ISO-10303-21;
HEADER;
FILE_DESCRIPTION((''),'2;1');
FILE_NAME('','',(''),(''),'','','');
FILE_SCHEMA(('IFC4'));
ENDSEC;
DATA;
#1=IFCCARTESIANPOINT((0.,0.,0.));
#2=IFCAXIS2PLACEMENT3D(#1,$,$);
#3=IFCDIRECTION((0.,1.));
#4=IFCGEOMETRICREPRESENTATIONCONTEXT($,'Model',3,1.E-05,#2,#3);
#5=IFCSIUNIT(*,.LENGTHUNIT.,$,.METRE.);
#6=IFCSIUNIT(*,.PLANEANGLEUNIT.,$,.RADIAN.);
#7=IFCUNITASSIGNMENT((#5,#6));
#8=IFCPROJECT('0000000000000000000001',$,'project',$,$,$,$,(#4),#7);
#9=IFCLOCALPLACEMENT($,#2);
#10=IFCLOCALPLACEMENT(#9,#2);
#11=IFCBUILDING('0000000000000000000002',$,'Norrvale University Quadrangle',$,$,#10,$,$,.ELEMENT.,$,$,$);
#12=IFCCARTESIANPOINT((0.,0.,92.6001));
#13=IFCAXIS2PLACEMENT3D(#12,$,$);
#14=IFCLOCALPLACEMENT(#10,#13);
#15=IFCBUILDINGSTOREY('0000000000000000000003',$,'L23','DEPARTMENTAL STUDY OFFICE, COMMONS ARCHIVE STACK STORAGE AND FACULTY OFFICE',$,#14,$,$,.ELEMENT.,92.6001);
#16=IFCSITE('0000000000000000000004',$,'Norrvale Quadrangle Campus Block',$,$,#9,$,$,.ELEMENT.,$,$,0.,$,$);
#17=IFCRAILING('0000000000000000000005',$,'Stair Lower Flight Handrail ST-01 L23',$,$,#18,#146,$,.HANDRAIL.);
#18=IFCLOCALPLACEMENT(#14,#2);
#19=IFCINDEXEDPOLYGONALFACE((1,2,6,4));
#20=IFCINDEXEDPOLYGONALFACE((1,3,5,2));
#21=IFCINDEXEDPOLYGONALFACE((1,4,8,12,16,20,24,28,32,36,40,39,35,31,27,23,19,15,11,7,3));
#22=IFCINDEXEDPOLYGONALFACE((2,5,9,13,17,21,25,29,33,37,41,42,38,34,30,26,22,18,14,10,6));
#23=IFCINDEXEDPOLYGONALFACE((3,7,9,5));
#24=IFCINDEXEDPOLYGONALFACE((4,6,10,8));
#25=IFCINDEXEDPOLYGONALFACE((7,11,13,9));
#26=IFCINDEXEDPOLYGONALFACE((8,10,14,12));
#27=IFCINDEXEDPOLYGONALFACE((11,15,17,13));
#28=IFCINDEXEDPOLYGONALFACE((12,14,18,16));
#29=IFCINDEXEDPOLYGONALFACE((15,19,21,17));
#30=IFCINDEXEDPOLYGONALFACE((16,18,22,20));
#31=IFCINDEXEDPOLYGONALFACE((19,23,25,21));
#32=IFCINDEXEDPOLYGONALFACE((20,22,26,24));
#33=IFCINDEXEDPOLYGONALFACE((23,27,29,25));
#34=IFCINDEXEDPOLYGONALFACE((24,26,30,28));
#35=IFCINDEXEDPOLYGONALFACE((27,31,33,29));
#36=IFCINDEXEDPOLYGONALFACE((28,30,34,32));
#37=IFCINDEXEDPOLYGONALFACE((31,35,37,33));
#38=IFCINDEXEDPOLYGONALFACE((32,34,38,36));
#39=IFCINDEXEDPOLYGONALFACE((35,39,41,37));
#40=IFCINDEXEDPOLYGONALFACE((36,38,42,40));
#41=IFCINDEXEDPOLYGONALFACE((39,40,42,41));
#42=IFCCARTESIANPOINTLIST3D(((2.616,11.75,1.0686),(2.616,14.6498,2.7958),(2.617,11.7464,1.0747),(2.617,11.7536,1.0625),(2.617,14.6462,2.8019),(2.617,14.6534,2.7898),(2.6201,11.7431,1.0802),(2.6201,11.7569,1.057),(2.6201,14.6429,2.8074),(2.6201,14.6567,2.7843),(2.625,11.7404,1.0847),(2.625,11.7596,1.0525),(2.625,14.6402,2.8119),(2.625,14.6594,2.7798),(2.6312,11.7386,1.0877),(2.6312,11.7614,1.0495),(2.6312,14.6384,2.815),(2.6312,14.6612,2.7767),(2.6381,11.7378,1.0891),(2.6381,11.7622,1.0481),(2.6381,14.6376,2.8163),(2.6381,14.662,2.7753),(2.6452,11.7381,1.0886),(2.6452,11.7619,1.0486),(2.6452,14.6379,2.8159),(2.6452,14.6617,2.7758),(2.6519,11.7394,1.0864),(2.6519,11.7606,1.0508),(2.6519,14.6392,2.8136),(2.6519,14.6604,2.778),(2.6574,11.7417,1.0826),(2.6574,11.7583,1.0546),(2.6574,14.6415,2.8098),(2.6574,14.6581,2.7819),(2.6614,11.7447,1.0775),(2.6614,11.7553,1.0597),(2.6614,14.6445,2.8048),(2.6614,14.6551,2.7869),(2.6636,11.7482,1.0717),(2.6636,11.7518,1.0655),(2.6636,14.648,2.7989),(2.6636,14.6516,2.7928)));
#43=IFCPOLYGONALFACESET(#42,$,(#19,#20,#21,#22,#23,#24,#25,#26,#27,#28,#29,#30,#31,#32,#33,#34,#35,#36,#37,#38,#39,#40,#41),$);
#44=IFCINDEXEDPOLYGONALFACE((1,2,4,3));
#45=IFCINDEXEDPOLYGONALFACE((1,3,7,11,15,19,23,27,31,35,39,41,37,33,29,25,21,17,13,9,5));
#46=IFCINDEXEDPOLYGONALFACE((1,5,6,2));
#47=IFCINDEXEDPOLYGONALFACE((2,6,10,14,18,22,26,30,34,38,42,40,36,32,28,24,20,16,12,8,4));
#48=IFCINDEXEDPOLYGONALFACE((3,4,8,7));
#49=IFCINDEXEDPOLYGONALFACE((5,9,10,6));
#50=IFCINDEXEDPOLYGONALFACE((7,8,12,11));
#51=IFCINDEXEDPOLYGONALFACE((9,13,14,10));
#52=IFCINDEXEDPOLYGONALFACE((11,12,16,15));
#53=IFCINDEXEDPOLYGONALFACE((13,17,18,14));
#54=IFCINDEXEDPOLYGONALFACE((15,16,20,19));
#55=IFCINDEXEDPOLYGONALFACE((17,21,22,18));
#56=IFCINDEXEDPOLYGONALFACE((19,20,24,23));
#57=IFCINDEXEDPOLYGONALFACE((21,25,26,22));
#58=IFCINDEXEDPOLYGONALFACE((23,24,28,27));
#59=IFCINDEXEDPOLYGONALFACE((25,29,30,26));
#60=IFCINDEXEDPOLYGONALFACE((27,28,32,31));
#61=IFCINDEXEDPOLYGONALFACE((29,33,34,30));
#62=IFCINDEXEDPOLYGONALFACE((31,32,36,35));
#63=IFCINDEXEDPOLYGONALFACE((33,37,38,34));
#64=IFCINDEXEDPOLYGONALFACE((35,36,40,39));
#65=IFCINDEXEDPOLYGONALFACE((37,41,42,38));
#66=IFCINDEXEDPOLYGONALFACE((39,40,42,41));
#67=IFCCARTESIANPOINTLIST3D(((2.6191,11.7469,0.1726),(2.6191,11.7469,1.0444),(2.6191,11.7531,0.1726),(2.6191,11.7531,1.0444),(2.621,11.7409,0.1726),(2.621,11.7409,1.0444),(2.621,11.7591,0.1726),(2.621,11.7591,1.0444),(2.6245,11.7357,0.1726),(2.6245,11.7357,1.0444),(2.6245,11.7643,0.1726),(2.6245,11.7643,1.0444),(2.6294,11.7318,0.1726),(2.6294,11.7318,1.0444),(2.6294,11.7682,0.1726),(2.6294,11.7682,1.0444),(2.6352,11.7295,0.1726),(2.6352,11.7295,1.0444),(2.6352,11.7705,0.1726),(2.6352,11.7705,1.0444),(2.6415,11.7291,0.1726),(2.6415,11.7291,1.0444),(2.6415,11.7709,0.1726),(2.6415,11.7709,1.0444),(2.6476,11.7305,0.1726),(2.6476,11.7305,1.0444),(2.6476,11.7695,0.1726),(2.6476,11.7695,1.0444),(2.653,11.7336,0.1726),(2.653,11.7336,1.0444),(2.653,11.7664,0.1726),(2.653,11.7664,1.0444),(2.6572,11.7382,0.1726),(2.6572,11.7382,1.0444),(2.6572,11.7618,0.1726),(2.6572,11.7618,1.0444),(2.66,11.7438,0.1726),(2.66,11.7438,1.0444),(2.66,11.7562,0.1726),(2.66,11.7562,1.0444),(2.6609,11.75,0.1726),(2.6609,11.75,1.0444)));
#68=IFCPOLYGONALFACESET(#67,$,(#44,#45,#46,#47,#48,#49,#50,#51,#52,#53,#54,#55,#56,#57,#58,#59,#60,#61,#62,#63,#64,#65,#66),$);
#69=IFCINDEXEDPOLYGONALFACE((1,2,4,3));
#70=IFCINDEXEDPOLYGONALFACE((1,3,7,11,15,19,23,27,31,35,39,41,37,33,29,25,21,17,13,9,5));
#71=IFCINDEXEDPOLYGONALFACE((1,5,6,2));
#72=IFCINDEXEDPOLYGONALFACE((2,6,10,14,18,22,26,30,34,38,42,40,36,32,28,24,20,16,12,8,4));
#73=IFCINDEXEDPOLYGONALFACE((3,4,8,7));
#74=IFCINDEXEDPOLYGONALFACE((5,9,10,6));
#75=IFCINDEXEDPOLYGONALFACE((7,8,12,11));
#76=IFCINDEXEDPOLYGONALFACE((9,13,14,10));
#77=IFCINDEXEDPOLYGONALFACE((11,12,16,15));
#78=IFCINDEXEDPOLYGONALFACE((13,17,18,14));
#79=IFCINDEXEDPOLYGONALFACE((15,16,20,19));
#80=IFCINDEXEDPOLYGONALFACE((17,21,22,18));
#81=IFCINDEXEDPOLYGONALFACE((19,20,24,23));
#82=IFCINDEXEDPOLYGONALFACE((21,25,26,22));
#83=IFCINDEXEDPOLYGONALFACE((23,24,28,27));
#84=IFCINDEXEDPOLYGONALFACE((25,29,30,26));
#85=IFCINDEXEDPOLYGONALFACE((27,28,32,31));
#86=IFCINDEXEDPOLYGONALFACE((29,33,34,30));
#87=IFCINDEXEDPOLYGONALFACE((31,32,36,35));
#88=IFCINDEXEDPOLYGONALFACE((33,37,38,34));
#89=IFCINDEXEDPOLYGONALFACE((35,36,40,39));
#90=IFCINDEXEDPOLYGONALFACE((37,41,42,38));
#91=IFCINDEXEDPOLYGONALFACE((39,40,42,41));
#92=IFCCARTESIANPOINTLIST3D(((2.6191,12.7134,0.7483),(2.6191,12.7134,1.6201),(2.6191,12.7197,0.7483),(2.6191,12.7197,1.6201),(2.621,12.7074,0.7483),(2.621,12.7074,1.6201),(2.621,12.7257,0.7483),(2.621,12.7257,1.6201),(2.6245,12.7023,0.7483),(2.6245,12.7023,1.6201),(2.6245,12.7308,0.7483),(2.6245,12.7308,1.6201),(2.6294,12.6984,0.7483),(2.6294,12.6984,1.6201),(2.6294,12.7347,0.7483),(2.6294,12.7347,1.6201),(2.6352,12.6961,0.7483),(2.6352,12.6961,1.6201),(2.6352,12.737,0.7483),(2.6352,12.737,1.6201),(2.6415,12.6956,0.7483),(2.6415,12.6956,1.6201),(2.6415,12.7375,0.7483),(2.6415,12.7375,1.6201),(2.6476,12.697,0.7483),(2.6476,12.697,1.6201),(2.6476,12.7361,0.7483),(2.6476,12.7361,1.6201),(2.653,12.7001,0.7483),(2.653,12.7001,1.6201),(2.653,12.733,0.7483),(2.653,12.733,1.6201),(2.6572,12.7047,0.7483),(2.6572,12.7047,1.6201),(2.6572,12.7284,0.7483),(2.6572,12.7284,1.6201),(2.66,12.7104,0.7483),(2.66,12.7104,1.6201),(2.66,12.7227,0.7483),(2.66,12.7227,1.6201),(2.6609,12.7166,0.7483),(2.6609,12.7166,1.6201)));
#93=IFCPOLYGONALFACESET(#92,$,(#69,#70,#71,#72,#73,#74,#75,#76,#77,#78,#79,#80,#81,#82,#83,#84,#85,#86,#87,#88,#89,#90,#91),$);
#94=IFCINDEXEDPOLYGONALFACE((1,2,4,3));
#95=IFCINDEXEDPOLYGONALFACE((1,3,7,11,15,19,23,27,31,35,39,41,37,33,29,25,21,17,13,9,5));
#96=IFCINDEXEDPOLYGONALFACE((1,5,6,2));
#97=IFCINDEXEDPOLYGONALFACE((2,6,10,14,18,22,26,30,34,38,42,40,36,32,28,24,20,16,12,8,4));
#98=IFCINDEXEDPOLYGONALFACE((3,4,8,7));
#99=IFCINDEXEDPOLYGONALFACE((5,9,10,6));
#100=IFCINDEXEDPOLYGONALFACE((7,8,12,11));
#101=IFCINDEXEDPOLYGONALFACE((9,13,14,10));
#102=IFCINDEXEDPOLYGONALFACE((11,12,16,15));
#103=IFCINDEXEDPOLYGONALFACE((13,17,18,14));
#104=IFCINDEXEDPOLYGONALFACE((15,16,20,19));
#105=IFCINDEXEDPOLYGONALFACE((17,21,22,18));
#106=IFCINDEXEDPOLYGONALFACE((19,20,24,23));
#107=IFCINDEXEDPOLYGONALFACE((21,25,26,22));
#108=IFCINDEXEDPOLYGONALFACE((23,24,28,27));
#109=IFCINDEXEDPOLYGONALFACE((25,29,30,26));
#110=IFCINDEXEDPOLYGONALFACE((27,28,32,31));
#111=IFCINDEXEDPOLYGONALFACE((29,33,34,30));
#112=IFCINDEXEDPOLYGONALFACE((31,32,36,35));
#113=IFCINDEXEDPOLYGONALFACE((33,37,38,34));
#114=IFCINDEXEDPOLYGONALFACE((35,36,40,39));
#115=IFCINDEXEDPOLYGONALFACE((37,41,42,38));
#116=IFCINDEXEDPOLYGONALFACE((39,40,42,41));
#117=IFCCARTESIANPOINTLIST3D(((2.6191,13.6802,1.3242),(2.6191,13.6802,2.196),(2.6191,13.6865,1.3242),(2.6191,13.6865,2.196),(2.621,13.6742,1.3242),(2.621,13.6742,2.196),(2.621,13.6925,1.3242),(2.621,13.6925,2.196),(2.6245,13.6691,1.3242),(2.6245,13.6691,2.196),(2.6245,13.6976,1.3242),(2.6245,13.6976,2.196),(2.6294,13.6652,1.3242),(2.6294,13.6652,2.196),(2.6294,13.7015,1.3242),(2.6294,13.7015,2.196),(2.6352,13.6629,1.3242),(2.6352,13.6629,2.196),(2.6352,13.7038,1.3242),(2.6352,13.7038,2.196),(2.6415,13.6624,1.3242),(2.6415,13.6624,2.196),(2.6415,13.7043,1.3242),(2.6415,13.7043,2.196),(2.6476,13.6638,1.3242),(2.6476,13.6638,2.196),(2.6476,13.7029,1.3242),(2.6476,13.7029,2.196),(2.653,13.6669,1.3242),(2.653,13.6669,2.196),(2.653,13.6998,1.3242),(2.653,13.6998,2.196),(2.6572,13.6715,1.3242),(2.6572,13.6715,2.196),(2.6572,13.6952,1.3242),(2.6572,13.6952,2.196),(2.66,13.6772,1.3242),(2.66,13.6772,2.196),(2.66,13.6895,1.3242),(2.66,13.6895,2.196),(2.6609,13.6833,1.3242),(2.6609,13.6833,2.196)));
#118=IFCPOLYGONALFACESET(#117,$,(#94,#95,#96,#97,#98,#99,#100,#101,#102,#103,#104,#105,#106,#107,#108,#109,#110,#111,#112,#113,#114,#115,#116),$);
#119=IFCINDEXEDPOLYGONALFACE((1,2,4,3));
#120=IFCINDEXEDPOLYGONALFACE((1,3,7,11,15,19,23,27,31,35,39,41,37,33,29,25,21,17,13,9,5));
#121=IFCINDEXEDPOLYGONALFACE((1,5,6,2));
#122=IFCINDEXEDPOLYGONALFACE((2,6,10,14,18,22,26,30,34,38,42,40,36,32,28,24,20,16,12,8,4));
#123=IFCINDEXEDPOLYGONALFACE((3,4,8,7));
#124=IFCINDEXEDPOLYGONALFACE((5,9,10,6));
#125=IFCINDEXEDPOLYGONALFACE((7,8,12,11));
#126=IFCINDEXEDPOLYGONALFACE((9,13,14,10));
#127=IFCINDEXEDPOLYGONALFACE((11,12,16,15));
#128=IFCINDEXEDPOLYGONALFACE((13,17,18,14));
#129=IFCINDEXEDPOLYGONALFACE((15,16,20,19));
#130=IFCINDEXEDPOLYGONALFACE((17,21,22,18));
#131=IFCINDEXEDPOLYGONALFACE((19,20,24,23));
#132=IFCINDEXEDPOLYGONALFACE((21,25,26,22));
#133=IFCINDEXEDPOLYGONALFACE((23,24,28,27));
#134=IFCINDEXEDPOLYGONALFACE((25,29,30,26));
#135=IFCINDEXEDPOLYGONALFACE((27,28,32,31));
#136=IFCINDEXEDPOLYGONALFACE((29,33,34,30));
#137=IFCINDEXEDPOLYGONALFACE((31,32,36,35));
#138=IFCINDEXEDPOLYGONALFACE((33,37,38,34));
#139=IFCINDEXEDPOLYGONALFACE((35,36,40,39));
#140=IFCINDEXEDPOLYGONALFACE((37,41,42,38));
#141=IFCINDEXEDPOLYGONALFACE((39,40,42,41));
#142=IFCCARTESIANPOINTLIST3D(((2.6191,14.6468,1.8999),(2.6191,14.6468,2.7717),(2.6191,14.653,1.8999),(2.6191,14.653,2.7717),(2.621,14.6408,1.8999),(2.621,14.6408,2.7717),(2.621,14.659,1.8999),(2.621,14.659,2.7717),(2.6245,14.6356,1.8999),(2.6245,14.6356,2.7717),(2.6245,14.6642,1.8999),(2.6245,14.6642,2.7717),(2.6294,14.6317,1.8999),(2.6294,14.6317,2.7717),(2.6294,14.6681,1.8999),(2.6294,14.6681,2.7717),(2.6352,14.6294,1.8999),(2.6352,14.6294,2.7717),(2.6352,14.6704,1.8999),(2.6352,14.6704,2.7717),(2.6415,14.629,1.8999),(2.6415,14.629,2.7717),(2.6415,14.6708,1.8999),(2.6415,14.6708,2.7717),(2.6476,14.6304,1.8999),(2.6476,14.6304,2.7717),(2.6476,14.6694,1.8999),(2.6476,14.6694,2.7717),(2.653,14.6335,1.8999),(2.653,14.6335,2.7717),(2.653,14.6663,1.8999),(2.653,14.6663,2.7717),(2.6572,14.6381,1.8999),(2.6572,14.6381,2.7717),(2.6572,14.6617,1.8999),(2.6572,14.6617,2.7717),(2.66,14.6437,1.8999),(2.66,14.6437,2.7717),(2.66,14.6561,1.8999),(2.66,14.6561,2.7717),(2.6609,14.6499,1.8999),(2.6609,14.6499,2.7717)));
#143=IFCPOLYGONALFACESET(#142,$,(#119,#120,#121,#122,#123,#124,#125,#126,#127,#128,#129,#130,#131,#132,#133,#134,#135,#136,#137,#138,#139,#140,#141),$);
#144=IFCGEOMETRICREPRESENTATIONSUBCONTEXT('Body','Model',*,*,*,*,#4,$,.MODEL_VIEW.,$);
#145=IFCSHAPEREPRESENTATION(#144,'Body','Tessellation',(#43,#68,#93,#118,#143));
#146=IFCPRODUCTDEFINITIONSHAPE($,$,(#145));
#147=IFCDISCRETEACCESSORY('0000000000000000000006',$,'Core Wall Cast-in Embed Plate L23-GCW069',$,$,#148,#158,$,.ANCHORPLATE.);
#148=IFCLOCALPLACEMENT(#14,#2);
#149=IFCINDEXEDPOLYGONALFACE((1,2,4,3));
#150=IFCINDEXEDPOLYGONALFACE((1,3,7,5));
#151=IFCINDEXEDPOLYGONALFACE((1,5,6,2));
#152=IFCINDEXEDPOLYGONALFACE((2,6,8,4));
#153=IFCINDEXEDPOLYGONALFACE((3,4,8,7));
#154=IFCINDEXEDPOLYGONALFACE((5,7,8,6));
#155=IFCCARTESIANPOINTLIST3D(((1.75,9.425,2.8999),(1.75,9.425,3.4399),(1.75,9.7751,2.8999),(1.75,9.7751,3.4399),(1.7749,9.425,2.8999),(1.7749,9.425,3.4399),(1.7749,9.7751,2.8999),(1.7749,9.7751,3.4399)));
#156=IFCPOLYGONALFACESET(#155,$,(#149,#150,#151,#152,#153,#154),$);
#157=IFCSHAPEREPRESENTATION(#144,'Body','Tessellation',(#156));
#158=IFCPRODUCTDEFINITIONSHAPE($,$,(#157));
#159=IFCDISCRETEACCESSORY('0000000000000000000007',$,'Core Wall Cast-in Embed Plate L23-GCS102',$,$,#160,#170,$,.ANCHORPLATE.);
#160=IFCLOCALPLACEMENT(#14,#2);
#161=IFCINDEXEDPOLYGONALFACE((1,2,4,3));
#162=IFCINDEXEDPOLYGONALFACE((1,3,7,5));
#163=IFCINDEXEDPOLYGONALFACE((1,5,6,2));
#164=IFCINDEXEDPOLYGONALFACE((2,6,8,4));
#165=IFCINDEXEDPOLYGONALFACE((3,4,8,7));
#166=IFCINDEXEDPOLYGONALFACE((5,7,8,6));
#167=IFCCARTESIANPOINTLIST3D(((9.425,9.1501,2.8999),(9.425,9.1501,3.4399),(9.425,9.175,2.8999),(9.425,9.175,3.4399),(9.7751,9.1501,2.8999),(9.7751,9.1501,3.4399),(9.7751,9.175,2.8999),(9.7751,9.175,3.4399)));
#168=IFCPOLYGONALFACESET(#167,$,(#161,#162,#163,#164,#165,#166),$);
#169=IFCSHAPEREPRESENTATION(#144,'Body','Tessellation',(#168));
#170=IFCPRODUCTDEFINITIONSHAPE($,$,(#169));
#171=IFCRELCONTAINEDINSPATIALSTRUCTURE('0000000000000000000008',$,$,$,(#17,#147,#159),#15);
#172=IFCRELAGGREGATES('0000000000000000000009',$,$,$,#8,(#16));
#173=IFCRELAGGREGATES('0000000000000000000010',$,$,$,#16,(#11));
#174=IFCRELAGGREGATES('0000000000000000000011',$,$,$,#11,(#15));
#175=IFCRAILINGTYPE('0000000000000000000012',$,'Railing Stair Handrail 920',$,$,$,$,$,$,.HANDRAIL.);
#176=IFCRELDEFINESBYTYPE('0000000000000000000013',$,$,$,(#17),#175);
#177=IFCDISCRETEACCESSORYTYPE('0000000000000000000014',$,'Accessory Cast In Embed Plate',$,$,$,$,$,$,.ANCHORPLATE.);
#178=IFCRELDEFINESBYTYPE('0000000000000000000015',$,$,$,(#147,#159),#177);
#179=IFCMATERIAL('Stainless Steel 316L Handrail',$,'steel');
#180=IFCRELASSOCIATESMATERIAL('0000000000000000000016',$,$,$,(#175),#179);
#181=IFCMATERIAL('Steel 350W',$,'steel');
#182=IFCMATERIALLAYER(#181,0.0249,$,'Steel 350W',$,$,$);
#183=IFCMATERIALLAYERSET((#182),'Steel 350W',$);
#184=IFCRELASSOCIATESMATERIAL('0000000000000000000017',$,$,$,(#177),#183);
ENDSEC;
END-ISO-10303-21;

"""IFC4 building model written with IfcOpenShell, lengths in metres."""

from ifc_helpers import new_model, si_unit, direction, frame, origin, origin_2d, place, context, subcontext, project, spatial, rectangle, circle, extrude, material, layer, layer_set, type_object, element, save


model = new_model("IFC4")

# Units and contexts
model_context = context("Model", 3, precision=1e-05, world=origin(), true_north=direction((0.0, 1.0)))
body_context = subcontext(model_context, "Body", "Model", "MODEL_VIEW")
ifc_project = project(units=[si_unit("LENGTHUNIT", "METRE"), si_unit("PLANEANGLEUNIT", "RADIAN")], contexts=[model_context])

# Site, building, storey
site_placement = place(None, origin())
site = spatial("IfcSite", under=ifc_project, at=site_placement, Name="Norrvale Quadrangle Campus Block", CompositionType="ELEMENT", RefElevation=0.0)
building_placement = place(site_placement, origin())
building = spatial("IfcBuilding", under=site, at=building_placement, Name="Norrvale University Quadrangle", CompositionType="ELEMENT")
storey_placement = place(building_placement, frame((0.0, 0.0, 92.6001)))
storey = spatial("IfcBuildingStorey", under=building, at=storey_placement, Name="L23", Description="DEPARTMENTAL STUDY OFFICE, COMMONS ARCHIVE STACK STORAGE AND FACULTY OFFICE", CompositionType="ELEMENT", Elevation=92.6001)

# Shared definitions
ifc_material_1 = material(Name="Steel 350W", Category="steel")

# Railing
ifc_material_2 = material(Name="Stainless Steel 316L Handrail", Category="steel")
railing_type_1 = type_object("IfcRailingType", Name="Railing Stair Handrail 920", PredefinedType="HANDRAIL", material=ifc_material_2)
railing_placement = place(storey_placement, frame((2.6399, 11.75, 0.1726)))
element("IfcRailing", 1, at=railing_placement, inside=storey, type_object=railing_type_1, Name="Stair Lower Flight Handrail ST-01 L23", PredefinedType="HANDRAIL", context=body_context, shape_type="SweptSolid", body=[
    extrude(circle(Radius=0.0239, at=origin_2d()), frame((0.0, 0.0, 0.896), z_axis=(0.0, 0.859141, 0.511738), x_axis=(-1.0, 0.0, 0.0)), (0.0, 0.0, 1.0), 3.3752),
    extrude(circle(Radius=0.021, at=origin_2d()), origin(), (0.0, 0.0, 1.0), 0.8718),
    extrude(circle(Radius=0.021, at=origin_2d()), frame((0.0, 0.9666, 0.5757)), (0.0, 0.0, 1.0), 0.8718),
    extrude(circle(Radius=0.021, at=origin_2d()), frame((0.0, 1.9333, 1.1516)), (0.0, 0.0, 1.0), 0.8718),
    extrude(circle(Radius=0.021, at=origin_2d()), frame((0.0, 2.8999, 1.7273)), (0.0, 0.0, 1.0), 0.8718),
])

# Discrete accessories
ifc_layer_1 = layer(ifc_material_1, 0.0249, Name="Steel 350W")
ifc_layer_set_1 = layer_set([ifc_layer_1], Name="Steel 350W")
discrete_accessory_type = type_object("IfcDiscreteAccessoryType", Name="Accessory Cast In Embed Plate", PredefinedType="ANCHORPLATE", material=ifc_layer_set_1)
discrete_accessory_1_placement = place(storey_placement, frame((1.7625, 9.6001, 2.8999), z_axis=(0.0, 0.0, 1.0), x_axis=(1.0, 0.0, 0.0)))
element("IfcDiscreteAccessory", 2, at=discrete_accessory_1_placement, inside=storey, type_object=discrete_accessory_type, Name="Core Wall Cast-in Embed Plate L23-GCW069", PredefinedType="ANCHORPLATE", context=body_context, shape_type="SweptSolid", body=[
    extrude(rectangle(XDim=0.0249, YDim=0.3501, at=origin_2d()), origin(), (0.0, 0.0, 1.0), 0.54),
])
discrete_accessory_2_placement = place(storey_placement, frame((9.6001, 9.1626, 2.8999), z_axis=(0.0, 0.0, 1.0), x_axis=(1.0, 0.0, 0.0)))
element("IfcDiscreteAccessory", 3, at=discrete_accessory_2_placement, inside=storey, type_object=discrete_accessory_type, Name="Core Wall Cast-in Embed Plate L23-GCS102", PredefinedType="ANCHORPLATE", context=body_context, shape_type="SweptSolid", body=[
    extrude(rectangle(XDim=0.3501, YDim=0.0249, at=origin_2d()), origin(), (0.0, 0.0, 1.0), 0.54),
])

save(model, "model.ifc")
